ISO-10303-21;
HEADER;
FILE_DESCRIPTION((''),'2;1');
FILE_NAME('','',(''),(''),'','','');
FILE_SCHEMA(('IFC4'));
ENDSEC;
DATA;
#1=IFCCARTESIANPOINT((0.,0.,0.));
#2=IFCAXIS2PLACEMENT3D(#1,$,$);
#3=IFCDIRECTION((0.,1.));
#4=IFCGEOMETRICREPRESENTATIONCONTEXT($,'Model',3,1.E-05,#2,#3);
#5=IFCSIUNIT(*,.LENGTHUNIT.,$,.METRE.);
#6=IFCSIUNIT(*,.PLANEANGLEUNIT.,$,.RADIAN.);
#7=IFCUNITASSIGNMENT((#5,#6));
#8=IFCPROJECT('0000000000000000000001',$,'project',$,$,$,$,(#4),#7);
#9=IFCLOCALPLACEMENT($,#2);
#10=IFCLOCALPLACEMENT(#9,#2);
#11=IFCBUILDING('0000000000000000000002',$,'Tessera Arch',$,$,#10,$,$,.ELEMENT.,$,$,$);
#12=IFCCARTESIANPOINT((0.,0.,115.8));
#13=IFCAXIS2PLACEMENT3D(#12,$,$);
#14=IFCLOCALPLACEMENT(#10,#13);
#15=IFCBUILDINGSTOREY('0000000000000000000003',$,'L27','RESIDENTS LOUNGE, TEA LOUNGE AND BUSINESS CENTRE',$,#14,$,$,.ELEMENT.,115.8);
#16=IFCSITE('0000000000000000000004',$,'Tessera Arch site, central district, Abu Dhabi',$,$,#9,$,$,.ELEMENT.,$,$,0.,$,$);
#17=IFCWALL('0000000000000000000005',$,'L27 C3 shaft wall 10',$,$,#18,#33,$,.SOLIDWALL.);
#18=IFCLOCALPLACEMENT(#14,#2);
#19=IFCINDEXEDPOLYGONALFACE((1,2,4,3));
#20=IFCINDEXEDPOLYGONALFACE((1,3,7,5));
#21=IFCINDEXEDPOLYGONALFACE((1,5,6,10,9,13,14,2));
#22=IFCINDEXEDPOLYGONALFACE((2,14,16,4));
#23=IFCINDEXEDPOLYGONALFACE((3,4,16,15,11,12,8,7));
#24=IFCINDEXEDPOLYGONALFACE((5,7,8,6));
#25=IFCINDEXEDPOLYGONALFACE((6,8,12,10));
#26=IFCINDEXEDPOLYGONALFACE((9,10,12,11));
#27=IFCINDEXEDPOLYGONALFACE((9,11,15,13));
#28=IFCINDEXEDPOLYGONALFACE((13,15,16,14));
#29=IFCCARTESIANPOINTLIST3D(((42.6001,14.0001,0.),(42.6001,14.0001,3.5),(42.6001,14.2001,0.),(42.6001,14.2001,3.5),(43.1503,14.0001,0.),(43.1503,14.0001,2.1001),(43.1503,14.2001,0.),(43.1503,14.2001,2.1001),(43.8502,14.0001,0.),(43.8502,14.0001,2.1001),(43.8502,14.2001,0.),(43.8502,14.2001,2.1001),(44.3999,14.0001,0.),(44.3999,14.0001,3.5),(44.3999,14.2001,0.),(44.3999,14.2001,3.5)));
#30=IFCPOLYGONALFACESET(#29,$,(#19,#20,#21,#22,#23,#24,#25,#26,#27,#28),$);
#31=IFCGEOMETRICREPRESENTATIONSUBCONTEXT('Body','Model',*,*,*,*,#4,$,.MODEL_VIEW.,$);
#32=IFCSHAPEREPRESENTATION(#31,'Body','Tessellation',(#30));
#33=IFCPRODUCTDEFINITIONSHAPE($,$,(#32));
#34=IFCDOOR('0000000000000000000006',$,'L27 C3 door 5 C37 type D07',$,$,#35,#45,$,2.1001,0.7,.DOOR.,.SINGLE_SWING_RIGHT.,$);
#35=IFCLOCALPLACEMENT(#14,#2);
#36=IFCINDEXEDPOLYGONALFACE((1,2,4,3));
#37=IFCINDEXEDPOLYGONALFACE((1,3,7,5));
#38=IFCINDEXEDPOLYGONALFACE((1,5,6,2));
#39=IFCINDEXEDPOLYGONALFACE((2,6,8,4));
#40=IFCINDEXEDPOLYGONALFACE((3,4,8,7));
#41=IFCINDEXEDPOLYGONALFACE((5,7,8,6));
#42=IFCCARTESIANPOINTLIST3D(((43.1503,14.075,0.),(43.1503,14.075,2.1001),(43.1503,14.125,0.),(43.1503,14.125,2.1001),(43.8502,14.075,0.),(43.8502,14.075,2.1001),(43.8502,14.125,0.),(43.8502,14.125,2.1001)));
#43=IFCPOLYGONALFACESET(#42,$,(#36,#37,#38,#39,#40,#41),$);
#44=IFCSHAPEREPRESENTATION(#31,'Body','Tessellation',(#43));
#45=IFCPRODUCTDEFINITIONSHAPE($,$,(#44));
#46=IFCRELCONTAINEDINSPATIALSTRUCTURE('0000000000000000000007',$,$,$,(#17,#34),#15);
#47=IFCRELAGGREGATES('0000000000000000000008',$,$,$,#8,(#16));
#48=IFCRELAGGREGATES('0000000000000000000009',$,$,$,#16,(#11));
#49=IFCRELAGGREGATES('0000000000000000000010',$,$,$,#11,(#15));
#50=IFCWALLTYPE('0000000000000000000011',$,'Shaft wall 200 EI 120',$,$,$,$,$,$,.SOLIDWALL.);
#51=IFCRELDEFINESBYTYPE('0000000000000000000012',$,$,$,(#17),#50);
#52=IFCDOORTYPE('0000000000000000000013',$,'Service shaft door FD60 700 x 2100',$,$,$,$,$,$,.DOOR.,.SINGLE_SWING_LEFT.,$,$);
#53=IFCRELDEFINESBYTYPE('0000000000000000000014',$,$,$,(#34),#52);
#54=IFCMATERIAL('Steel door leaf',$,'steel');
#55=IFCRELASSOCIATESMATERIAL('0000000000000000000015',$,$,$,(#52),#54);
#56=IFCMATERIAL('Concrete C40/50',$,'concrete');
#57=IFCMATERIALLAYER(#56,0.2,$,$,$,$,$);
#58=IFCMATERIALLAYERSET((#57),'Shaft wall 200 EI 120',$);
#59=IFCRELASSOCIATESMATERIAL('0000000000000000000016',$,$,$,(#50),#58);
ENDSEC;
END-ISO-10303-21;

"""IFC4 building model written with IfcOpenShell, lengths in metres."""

from ifc_helpers import new_model, si_unit, direction, frame, frame_2d, origin, place, context, subcontext, project, spatial, rectangle, extrude, material, layer, layer_set, type_object, element, fill, save


model = new_model("IFC4")

# Units and contexts
model_context = context("Model", 3, precision=1e-05, world=origin(), true_north=direction((0.0, 1.0)))
body_context = subcontext(model_context, "Body", "Model", "MODEL_VIEW")
ifc_project = project(units=[si_unit("LENGTHUNIT", "METRE"), si_unit("PLANEANGLEUNIT", "RADIAN")], contexts=[model_context])

# Site, building, storey
site_placement = place(None, origin())
site = spatial("IfcSite", under=ifc_project, at=site_placement, Name="Tessera Arch site, central district, Abu Dhabi", CompositionType="ELEMENT", RefElevation=0.0)
building_placement = place(site_placement, origin())
building = spatial("IfcBuilding", under=site, at=building_placement, Name="Tessera Arch", CompositionType="ELEMENT")
storey_placement = place(building_placement, frame((0.0, 0.0, 115.8)))
storey = spatial("IfcBuildingStorey", under=building, at=storey_placement, Name="L27", Description="RESIDENTS LOUNGE, TEA LOUNGE AND BUSINESS CENTRE", CompositionType="ELEMENT", Elevation=115.8)

# Shared definitions
ifc_material_1 = material(Name="Steel door leaf", Category="steel")
door_type_1 = type_object("IfcDoorType", Name="Service shaft door FD60 700 x 2100", OperationType="SINGLE_SWING_LEFT", PredefinedType="DOOR", material=ifc_material_1)

# Shared definitions
ifc_material_2 = material(Name="Concrete C40/50", Category="concrete")
ifc_layer_1 = layer(ifc_material_2, 0.2)
ifc_layer_set_1 = layer_set([ifc_layer_1], Name="Shaft wall 200 EI 120")
wall_type_1 = type_object("IfcWallType", Name="Shaft wall 200 EI 120", PredefinedType="SOLIDWALL", material=ifc_layer_set_1)

# Wall, opening, door
wall_1_placement = place(storey_placement, frame((42.6001, 14.1001, 0.0), z_axis=(0.0, 0.0, 1.0), x_axis=(1.0, 0.0, 0.0)))
wall_1 = element("IfcWall", 1, at=wall_1_placement, inside=storey, type_object=wall_type_1, Name="L27 C3 shaft wall 10", PredefinedType="SOLIDWALL", context=body_context, shape_type="SweptSolid", body=[
    extrude(rectangle(XDim=1.7998, YDim=0.2, at=frame_2d((0.8999, 0.0))), origin(), (0.0, 0.0, 1.0), 3.5),
])
opening_1_placement = place(wall_1_placement, frame((0.55, 0.0, 0.0)))
opening_1 = element("IfcOpeningElement", 2, at=opening_1_placement, cuts=wall_1, PredefinedType="OPENING", context=body_context, shape_type="SweptSolid", body=[
    extrude(rectangle(XDim=0.7, YDim=2.1001, at=frame_2d((0.3501, 1.05))), frame((0.0, 0.1099, 0.0), z_axis=(0.0, -1.0, 0.0), x_axis=(1.0, 0.0, 0.0)), (0.0, 0.0, 1.0), 0.22),
])
door_1_placement = place(opening_1_placement, origin())
door_1 = element("IfcDoor", 3, at=door_1_placement, inside=storey, type_object=door_type_1, Name="L27 C3 door 5 C37 type D07", OperationType="SINGLE_SWING_RIGHT", OverallHeight=2.1001, OverallWidth=0.7, PredefinedType="DOOR", context=body_context, shape_type="SweptSolid", body=[
    extrude(rectangle(XDim=0.7, YDim=2.1001, at=frame_2d((0.3501, 1.05))), frame((0.0, 0.0249, 0.0), z_axis=(0.0, -1.0, 0.0), x_axis=(1.0, 0.0, 0.0)), (0.0, 0.0, 1.0), 0.05),
])
fill(opening_1, door_1)

save(model, "model.ifc")
